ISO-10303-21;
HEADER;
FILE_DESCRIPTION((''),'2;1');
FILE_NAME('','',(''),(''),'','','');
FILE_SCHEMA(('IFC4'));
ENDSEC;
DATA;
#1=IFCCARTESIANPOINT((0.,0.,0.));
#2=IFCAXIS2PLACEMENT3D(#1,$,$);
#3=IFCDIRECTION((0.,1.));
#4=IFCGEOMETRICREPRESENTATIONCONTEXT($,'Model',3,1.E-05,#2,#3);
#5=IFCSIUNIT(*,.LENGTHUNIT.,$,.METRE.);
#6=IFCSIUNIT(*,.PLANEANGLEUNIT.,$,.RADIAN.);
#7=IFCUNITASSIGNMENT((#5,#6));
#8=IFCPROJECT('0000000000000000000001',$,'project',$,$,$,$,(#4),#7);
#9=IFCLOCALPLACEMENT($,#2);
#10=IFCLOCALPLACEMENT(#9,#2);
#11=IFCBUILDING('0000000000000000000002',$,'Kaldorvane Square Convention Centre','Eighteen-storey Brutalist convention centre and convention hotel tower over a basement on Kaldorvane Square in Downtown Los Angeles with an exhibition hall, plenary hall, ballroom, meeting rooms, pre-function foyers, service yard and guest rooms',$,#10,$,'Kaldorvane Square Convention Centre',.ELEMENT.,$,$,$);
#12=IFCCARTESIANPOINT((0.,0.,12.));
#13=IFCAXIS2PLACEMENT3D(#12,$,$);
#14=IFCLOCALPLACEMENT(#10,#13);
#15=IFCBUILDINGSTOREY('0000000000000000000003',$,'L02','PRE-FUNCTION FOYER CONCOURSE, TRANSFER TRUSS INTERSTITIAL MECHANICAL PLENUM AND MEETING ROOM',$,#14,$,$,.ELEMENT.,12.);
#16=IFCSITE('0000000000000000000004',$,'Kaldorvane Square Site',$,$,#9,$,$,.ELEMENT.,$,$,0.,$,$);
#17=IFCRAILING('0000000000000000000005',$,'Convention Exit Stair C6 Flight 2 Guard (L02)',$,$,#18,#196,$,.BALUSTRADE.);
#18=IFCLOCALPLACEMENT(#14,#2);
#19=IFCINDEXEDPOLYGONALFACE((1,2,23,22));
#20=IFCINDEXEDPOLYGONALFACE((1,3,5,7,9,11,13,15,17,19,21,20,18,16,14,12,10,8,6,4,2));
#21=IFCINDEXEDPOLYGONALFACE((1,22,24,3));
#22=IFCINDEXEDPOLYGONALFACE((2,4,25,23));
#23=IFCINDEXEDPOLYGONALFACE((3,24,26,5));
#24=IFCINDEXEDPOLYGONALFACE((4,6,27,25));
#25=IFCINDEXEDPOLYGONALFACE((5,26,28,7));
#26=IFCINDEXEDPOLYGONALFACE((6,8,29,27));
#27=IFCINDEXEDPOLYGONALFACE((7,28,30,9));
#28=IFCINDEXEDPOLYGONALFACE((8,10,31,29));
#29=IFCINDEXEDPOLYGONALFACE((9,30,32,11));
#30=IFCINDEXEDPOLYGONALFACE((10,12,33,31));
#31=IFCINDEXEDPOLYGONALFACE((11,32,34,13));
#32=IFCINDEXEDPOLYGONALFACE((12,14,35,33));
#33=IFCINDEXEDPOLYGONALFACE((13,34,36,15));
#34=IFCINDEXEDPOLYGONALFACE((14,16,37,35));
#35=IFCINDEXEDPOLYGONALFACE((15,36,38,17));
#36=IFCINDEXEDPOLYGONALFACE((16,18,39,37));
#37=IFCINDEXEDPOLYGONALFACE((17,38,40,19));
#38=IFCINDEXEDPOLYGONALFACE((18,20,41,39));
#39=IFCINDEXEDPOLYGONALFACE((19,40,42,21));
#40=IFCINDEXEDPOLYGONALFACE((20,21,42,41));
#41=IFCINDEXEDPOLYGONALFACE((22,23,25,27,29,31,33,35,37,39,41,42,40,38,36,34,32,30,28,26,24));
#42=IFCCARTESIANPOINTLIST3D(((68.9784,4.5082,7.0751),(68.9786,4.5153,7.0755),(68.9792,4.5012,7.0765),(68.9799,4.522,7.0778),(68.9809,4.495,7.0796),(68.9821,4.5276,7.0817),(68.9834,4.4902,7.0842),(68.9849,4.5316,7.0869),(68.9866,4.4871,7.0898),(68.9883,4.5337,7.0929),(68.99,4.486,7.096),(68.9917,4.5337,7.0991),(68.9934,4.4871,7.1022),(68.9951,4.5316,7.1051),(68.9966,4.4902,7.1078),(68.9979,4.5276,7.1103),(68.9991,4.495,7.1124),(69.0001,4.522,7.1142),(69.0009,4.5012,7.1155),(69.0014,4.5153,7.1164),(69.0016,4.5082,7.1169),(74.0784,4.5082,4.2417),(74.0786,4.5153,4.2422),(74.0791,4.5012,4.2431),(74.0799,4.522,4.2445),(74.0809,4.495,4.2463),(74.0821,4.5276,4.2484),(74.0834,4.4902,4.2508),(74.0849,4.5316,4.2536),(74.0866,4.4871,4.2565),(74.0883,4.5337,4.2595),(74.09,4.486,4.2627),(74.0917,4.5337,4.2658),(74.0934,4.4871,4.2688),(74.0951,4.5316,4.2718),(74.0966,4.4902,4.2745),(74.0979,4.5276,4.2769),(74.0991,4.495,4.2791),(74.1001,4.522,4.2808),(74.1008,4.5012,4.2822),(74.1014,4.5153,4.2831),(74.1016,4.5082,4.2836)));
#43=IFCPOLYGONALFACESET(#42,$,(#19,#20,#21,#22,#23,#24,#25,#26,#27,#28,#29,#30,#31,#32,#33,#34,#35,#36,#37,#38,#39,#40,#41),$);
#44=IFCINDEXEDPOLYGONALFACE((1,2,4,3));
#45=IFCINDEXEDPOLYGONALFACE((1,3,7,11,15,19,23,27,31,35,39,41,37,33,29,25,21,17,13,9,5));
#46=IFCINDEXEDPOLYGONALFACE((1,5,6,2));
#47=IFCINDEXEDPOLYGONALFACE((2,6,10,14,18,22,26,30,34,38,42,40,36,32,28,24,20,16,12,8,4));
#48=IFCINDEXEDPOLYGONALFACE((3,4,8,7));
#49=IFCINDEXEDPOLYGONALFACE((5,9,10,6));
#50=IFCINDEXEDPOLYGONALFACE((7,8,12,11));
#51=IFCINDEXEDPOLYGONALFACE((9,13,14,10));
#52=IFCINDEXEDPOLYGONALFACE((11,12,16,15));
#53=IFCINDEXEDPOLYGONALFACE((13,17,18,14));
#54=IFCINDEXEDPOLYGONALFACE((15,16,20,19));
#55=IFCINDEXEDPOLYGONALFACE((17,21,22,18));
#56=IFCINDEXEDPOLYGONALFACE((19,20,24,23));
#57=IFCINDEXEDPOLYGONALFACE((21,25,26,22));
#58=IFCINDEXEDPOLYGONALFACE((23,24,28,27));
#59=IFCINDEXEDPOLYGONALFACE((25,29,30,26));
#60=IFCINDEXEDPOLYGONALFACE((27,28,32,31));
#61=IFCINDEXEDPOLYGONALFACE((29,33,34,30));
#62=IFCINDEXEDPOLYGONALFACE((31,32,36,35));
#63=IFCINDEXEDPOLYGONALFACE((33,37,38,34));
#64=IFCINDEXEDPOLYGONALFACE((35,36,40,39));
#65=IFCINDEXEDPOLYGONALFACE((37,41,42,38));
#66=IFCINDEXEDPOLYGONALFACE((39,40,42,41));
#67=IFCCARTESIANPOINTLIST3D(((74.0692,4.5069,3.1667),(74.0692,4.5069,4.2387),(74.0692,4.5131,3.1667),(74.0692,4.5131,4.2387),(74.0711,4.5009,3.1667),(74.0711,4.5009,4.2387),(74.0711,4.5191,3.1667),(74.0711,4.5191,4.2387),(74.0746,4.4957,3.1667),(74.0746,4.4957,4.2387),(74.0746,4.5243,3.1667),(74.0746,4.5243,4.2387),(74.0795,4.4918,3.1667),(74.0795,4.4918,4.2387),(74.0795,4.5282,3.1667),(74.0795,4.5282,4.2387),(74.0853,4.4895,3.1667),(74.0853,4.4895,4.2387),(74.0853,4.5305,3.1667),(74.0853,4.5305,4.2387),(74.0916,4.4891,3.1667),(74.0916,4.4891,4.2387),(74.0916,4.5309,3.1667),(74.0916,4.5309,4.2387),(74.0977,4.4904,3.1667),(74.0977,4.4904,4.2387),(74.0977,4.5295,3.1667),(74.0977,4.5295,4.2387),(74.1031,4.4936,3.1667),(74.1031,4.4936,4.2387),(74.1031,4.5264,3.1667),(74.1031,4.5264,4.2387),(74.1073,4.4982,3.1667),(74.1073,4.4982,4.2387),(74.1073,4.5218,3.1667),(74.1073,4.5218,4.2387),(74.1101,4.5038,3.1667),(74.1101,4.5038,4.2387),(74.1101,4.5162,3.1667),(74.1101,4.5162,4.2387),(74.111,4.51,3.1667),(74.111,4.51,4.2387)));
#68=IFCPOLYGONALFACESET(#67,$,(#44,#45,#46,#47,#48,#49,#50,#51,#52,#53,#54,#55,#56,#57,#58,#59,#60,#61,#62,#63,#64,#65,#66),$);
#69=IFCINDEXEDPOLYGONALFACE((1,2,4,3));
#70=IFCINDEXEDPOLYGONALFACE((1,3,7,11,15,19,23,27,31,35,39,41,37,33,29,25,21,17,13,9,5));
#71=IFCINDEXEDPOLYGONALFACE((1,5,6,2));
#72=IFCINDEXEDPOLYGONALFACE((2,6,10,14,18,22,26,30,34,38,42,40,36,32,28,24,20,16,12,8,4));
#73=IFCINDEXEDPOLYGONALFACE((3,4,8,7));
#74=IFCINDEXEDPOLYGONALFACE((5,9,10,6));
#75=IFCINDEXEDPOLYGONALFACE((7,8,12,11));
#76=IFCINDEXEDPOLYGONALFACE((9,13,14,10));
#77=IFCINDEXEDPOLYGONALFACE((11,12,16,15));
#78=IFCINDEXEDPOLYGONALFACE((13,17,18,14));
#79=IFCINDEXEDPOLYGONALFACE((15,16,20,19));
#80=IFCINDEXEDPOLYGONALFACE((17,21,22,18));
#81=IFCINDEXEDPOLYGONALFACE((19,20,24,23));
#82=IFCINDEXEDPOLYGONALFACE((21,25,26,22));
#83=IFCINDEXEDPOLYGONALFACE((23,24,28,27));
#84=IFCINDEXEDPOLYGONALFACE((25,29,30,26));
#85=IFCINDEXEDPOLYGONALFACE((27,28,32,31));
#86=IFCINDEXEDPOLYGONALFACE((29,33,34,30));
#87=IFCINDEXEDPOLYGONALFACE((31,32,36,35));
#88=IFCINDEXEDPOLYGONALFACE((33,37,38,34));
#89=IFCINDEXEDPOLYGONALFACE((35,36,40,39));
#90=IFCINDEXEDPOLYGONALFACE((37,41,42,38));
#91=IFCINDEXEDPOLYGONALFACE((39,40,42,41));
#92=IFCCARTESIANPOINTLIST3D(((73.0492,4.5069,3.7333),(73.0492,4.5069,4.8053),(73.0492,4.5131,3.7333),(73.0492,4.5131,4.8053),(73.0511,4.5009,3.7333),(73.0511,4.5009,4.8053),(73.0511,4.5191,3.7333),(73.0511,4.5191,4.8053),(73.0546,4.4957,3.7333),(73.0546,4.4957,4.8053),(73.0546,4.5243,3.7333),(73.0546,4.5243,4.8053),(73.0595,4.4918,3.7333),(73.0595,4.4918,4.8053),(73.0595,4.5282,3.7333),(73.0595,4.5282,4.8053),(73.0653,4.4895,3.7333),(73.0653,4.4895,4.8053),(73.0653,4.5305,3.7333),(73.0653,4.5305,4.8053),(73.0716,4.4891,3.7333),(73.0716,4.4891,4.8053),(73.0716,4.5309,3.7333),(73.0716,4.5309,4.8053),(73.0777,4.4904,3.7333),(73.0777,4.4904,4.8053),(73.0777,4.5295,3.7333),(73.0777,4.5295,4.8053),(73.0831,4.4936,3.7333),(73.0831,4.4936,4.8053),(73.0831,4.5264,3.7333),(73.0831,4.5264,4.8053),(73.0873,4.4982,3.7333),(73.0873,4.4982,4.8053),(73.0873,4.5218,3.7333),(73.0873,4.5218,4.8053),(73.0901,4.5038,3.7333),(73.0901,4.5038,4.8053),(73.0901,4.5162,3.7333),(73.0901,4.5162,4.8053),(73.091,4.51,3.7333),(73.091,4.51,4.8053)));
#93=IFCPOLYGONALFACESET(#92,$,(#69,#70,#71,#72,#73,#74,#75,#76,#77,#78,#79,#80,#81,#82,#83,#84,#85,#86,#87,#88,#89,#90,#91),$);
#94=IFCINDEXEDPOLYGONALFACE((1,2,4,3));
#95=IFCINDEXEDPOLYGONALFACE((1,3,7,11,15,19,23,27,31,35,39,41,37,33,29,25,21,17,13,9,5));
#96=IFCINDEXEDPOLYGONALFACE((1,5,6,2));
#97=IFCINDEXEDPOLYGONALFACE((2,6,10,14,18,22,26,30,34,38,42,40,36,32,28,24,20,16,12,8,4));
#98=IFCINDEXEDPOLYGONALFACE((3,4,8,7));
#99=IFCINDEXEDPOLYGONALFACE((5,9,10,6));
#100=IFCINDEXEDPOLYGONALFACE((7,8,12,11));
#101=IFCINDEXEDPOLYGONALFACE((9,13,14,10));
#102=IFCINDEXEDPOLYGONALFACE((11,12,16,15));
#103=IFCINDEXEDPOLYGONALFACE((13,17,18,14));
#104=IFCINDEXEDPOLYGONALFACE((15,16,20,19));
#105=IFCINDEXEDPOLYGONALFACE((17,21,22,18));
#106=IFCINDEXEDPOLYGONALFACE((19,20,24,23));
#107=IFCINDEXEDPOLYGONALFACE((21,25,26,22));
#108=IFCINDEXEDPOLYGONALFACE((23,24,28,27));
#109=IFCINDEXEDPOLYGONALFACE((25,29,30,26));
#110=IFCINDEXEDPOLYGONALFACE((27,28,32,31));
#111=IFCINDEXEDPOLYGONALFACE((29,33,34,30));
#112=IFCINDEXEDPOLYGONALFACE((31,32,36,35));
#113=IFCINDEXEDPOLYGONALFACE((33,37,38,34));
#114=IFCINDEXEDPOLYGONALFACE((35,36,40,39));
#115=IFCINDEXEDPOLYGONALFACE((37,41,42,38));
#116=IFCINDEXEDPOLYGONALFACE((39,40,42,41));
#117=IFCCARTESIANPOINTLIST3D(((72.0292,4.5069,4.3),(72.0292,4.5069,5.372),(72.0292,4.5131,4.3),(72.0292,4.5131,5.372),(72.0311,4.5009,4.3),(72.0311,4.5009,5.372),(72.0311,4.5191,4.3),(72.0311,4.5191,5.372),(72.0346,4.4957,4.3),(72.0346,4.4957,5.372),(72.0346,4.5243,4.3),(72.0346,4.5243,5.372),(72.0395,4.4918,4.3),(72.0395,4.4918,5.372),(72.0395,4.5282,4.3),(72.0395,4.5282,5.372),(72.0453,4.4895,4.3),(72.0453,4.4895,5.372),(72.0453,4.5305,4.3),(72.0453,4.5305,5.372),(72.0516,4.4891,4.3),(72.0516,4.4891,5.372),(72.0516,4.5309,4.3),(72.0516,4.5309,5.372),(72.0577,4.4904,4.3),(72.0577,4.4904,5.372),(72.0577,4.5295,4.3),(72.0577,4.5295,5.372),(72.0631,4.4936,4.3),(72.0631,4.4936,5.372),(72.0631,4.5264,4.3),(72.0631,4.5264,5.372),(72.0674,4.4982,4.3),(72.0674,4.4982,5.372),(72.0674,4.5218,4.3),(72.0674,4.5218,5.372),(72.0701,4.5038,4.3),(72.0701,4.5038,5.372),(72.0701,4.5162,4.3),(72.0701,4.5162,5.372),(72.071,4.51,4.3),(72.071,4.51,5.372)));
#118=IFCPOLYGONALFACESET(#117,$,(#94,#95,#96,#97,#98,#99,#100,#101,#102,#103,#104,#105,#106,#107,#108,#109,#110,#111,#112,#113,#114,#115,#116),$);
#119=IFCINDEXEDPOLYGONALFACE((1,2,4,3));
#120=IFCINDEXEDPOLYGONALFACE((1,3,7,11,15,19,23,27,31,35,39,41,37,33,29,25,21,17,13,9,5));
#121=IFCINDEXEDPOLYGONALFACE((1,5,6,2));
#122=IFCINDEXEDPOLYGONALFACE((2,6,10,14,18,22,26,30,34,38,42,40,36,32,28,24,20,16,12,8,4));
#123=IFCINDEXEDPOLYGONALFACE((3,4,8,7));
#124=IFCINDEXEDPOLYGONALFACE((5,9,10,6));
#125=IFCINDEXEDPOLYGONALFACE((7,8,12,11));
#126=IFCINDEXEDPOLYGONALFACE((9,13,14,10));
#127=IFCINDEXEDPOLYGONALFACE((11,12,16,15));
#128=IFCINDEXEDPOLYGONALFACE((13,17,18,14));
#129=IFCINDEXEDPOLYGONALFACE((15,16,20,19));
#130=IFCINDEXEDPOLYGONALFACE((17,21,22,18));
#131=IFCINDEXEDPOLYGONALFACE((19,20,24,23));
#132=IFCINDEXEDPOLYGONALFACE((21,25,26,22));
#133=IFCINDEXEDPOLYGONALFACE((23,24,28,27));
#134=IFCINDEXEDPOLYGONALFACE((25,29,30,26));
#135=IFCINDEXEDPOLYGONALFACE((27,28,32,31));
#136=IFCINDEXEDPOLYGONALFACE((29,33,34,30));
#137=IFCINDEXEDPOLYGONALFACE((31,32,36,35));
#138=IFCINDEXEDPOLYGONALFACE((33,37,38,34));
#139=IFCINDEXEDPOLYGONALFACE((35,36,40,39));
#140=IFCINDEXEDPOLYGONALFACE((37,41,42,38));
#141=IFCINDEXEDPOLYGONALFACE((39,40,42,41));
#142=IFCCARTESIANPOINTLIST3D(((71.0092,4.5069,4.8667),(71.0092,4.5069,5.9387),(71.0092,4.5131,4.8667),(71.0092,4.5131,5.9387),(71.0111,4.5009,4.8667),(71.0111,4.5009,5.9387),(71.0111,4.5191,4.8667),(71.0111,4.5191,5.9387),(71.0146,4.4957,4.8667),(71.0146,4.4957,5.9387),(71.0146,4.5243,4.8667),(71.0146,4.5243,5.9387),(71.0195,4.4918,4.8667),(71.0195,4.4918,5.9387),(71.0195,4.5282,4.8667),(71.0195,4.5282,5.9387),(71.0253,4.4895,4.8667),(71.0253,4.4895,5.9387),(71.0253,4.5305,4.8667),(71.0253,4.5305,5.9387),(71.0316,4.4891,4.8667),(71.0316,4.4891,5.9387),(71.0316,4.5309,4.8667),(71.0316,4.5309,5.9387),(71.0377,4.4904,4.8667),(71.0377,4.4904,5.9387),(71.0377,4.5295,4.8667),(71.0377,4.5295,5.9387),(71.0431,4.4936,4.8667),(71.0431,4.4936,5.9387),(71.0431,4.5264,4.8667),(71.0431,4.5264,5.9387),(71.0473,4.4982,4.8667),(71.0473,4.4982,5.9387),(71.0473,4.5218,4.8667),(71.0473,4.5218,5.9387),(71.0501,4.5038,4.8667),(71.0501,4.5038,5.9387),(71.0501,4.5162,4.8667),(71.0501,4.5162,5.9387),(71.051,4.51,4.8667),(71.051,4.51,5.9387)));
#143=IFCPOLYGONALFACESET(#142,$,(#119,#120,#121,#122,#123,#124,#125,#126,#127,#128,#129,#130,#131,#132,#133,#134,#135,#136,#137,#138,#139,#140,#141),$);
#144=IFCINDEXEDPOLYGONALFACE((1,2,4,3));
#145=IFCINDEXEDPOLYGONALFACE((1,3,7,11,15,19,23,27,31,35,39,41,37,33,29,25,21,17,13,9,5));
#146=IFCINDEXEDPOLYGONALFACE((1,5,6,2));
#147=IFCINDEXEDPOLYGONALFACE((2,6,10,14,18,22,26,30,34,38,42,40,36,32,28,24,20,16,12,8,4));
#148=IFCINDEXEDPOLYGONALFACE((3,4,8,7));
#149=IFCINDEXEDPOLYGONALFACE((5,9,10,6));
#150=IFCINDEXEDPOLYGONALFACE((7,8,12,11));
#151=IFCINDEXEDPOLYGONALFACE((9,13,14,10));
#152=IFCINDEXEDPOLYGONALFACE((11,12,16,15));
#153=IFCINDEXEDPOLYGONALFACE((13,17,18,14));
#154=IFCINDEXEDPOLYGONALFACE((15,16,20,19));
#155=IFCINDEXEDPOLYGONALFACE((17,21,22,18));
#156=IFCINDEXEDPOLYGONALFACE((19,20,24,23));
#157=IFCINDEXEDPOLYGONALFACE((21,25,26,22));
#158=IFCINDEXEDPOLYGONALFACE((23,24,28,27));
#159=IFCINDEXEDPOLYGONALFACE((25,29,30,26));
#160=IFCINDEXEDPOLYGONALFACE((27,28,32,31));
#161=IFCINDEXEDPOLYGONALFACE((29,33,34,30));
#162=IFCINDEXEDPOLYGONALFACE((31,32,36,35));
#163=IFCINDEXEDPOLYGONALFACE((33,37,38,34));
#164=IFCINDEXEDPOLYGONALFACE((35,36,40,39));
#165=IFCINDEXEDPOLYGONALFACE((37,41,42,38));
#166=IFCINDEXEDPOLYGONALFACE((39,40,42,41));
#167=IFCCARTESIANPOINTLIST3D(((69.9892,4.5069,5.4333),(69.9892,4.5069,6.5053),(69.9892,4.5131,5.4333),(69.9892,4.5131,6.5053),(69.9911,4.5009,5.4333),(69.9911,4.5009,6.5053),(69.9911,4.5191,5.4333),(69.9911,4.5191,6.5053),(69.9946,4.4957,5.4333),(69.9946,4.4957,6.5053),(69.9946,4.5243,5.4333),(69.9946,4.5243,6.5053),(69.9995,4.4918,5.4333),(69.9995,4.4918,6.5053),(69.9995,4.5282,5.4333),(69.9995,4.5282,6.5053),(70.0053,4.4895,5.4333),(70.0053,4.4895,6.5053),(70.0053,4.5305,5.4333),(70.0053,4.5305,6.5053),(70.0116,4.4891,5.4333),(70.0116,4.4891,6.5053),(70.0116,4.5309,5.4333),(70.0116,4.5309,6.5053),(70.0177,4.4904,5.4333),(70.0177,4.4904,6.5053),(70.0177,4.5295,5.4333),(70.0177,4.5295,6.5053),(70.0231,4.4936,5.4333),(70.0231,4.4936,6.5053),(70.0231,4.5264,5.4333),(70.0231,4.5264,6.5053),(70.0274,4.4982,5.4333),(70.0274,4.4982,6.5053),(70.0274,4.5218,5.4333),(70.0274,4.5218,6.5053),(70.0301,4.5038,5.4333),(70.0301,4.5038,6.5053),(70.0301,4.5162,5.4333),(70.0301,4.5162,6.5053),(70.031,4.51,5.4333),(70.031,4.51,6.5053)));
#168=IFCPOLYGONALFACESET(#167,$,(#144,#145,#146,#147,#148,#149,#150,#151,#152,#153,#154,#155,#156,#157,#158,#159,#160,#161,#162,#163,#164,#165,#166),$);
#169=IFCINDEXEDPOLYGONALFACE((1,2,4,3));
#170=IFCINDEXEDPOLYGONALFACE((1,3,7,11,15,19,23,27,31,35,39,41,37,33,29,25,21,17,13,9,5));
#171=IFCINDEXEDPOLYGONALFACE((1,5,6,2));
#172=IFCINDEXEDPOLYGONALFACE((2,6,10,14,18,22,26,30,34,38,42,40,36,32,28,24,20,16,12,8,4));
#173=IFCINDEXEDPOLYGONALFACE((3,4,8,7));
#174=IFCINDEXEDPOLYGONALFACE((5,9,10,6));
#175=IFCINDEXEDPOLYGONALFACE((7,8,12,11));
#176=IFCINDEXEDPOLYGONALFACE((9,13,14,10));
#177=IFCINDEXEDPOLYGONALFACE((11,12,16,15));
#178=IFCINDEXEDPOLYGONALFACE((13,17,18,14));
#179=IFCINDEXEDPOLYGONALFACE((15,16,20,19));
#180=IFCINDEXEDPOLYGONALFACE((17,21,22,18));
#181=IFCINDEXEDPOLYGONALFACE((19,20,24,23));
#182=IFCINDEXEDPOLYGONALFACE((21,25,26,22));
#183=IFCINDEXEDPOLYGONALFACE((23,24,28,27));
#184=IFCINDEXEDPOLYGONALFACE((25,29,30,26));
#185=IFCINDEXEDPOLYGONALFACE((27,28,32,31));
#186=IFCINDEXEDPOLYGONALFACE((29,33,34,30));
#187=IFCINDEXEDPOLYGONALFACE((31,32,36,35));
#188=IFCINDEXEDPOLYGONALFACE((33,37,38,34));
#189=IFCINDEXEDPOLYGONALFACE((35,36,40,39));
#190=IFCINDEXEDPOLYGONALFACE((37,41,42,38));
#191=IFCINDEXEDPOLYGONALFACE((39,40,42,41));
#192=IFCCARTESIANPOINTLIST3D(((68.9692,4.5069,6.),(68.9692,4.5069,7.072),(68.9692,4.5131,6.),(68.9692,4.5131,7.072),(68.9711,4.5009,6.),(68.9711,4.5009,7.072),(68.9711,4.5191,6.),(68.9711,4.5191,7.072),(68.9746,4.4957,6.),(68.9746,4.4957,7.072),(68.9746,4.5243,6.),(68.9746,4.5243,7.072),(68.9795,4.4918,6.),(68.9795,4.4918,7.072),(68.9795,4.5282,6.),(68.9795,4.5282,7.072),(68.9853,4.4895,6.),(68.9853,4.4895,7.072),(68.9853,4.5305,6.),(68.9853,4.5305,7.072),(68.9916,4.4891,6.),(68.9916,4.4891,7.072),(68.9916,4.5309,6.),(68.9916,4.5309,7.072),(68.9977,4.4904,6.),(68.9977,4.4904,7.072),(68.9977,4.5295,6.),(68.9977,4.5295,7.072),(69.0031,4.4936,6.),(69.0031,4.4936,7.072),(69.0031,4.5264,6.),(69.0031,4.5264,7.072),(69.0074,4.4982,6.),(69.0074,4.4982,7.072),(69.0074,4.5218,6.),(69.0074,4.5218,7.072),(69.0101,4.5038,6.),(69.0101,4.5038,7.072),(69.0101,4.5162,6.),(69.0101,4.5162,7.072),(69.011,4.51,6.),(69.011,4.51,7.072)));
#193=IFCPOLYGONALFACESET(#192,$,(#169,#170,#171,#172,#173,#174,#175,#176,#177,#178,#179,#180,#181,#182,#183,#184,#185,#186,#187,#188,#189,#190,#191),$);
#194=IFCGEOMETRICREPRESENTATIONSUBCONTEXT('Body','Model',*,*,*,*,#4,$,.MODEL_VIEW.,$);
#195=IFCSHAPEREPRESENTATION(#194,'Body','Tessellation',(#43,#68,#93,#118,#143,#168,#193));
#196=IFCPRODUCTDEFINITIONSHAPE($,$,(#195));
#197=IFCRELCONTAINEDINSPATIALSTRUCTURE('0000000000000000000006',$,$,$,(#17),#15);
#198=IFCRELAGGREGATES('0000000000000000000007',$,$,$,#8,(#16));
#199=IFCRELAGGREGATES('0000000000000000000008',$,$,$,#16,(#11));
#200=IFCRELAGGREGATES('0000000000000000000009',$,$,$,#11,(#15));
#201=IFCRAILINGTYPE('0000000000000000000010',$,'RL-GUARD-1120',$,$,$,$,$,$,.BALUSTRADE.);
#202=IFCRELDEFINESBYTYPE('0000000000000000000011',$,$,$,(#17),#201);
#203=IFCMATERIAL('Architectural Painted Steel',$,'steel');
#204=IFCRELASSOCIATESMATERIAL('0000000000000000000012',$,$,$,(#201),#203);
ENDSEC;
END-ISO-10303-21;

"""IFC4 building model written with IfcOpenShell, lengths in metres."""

from ifc_helpers import new_model, si_unit, direction, frame, origin, origin_2d, place, context, subcontext, project, spatial, circle, extrude, material, type_object, element, save


model = new_model("IFC4")

# Units and contexts
model_context = context("Model", 3, precision=1e-05, world=origin(), true_north=direction((0.0, 1.0)))
body_context = subcontext(model_context, "Body", "Model", "MODEL_VIEW")
ifc_project = project(units=[si_unit("LENGTHUNIT", "METRE"), si_unit("PLANEANGLEUNIT", "RADIAN")], contexts=[model_context])

# Site, building, storey
site_placement = place(None, origin())
site = spatial("IfcSite", under=ifc_project, at=site_placement, Name="Kaldorvane Square Site", CompositionType="ELEMENT", RefElevation=0.0)
building_placement = place(site_placement, origin())
building = spatial("IfcBuilding", under=site, at=building_placement, Name="Kaldorvane Square Convention Centre", Description="Eighteen-storey Brutalist convention centre and convention hotel tower over a basement on Kaldorvane Square in Downtown Los Angeles with an exhibition hall, plenary hall, ballroom, meeting rooms, pre-function foyers, service yard and guest rooms", LongName="Kaldorvane Square Convention Centre", CompositionType="ELEMENT")
storey_placement = place(building_placement, frame((0.0, 0.0, 12.0)))
storey = spatial("IfcBuildingStorey", under=building, at=storey_placement, Name="L02", Description="PRE-FUNCTION FOYER CONCOURSE, TRANSFER TRUSS INTERSTITIAL MECHANICAL PLENUM AND MEETING ROOM", CompositionType="ELEMENT", Elevation=12.0)

# Railing
ifc_material_1 = material(Name="Architectural Painted Steel", Category="steel")
railing_type_1 = type_object("IfcRailingType", Name="RL-GUARD-1120", PredefinedType="BALUSTRADE", material=ifc_material_1)
railing_1_placement = place(storey_placement, frame((74.09, 4.51, 3.1667)))
element("IfcRailing", 1, at=railing_1_placement, inside=storey, type_object=railing_type_1, Name="Convention Exit Stair C6 Flight 2 Guard (L02)", PredefinedType="BALUSTRADE", context=body_context, shape_type="SweptSolid", body=[
    extrude(circle(Radius=0.024, at=origin_2d()), frame((0.0, 0.0, 1.096), z_axis=(-0.874157, 0.0, 0.485643), x_axis=(0.0, -1.0, 0.0)), (0.0, 0.0, 1.0), 5.8342),
    extrude(circle(Radius=0.021, at=origin_2d()), origin(), (0.0, 0.0, 1.0), 1.072),
    extrude(circle(Radius=0.021, at=origin_2d()), frame((-1.02, 0.0, 0.5667)), (0.0, 0.0, 1.0), 1.072),
    extrude(circle(Radius=0.021, at=origin_2d()), frame((-2.04, 0.0, 1.1333)), (0.0, 0.0, 1.0), 1.072),
    extrude(circle(Radius=0.021, at=origin_2d()), frame((-3.06, 0.0, 1.7)), (0.0, 0.0, 1.0), 1.072),
    extrude(circle(Radius=0.021, at=origin_2d()), frame((-4.08, 0.0, 2.2667)), (0.0, 0.0, 1.0), 1.072),
    extrude(circle(Radius=0.021, at=origin_2d()), frame((-5.1, 0.0, 2.8333)), (0.0, 0.0, 1.0), 1.072),
])

save(model, "model.ifc")
